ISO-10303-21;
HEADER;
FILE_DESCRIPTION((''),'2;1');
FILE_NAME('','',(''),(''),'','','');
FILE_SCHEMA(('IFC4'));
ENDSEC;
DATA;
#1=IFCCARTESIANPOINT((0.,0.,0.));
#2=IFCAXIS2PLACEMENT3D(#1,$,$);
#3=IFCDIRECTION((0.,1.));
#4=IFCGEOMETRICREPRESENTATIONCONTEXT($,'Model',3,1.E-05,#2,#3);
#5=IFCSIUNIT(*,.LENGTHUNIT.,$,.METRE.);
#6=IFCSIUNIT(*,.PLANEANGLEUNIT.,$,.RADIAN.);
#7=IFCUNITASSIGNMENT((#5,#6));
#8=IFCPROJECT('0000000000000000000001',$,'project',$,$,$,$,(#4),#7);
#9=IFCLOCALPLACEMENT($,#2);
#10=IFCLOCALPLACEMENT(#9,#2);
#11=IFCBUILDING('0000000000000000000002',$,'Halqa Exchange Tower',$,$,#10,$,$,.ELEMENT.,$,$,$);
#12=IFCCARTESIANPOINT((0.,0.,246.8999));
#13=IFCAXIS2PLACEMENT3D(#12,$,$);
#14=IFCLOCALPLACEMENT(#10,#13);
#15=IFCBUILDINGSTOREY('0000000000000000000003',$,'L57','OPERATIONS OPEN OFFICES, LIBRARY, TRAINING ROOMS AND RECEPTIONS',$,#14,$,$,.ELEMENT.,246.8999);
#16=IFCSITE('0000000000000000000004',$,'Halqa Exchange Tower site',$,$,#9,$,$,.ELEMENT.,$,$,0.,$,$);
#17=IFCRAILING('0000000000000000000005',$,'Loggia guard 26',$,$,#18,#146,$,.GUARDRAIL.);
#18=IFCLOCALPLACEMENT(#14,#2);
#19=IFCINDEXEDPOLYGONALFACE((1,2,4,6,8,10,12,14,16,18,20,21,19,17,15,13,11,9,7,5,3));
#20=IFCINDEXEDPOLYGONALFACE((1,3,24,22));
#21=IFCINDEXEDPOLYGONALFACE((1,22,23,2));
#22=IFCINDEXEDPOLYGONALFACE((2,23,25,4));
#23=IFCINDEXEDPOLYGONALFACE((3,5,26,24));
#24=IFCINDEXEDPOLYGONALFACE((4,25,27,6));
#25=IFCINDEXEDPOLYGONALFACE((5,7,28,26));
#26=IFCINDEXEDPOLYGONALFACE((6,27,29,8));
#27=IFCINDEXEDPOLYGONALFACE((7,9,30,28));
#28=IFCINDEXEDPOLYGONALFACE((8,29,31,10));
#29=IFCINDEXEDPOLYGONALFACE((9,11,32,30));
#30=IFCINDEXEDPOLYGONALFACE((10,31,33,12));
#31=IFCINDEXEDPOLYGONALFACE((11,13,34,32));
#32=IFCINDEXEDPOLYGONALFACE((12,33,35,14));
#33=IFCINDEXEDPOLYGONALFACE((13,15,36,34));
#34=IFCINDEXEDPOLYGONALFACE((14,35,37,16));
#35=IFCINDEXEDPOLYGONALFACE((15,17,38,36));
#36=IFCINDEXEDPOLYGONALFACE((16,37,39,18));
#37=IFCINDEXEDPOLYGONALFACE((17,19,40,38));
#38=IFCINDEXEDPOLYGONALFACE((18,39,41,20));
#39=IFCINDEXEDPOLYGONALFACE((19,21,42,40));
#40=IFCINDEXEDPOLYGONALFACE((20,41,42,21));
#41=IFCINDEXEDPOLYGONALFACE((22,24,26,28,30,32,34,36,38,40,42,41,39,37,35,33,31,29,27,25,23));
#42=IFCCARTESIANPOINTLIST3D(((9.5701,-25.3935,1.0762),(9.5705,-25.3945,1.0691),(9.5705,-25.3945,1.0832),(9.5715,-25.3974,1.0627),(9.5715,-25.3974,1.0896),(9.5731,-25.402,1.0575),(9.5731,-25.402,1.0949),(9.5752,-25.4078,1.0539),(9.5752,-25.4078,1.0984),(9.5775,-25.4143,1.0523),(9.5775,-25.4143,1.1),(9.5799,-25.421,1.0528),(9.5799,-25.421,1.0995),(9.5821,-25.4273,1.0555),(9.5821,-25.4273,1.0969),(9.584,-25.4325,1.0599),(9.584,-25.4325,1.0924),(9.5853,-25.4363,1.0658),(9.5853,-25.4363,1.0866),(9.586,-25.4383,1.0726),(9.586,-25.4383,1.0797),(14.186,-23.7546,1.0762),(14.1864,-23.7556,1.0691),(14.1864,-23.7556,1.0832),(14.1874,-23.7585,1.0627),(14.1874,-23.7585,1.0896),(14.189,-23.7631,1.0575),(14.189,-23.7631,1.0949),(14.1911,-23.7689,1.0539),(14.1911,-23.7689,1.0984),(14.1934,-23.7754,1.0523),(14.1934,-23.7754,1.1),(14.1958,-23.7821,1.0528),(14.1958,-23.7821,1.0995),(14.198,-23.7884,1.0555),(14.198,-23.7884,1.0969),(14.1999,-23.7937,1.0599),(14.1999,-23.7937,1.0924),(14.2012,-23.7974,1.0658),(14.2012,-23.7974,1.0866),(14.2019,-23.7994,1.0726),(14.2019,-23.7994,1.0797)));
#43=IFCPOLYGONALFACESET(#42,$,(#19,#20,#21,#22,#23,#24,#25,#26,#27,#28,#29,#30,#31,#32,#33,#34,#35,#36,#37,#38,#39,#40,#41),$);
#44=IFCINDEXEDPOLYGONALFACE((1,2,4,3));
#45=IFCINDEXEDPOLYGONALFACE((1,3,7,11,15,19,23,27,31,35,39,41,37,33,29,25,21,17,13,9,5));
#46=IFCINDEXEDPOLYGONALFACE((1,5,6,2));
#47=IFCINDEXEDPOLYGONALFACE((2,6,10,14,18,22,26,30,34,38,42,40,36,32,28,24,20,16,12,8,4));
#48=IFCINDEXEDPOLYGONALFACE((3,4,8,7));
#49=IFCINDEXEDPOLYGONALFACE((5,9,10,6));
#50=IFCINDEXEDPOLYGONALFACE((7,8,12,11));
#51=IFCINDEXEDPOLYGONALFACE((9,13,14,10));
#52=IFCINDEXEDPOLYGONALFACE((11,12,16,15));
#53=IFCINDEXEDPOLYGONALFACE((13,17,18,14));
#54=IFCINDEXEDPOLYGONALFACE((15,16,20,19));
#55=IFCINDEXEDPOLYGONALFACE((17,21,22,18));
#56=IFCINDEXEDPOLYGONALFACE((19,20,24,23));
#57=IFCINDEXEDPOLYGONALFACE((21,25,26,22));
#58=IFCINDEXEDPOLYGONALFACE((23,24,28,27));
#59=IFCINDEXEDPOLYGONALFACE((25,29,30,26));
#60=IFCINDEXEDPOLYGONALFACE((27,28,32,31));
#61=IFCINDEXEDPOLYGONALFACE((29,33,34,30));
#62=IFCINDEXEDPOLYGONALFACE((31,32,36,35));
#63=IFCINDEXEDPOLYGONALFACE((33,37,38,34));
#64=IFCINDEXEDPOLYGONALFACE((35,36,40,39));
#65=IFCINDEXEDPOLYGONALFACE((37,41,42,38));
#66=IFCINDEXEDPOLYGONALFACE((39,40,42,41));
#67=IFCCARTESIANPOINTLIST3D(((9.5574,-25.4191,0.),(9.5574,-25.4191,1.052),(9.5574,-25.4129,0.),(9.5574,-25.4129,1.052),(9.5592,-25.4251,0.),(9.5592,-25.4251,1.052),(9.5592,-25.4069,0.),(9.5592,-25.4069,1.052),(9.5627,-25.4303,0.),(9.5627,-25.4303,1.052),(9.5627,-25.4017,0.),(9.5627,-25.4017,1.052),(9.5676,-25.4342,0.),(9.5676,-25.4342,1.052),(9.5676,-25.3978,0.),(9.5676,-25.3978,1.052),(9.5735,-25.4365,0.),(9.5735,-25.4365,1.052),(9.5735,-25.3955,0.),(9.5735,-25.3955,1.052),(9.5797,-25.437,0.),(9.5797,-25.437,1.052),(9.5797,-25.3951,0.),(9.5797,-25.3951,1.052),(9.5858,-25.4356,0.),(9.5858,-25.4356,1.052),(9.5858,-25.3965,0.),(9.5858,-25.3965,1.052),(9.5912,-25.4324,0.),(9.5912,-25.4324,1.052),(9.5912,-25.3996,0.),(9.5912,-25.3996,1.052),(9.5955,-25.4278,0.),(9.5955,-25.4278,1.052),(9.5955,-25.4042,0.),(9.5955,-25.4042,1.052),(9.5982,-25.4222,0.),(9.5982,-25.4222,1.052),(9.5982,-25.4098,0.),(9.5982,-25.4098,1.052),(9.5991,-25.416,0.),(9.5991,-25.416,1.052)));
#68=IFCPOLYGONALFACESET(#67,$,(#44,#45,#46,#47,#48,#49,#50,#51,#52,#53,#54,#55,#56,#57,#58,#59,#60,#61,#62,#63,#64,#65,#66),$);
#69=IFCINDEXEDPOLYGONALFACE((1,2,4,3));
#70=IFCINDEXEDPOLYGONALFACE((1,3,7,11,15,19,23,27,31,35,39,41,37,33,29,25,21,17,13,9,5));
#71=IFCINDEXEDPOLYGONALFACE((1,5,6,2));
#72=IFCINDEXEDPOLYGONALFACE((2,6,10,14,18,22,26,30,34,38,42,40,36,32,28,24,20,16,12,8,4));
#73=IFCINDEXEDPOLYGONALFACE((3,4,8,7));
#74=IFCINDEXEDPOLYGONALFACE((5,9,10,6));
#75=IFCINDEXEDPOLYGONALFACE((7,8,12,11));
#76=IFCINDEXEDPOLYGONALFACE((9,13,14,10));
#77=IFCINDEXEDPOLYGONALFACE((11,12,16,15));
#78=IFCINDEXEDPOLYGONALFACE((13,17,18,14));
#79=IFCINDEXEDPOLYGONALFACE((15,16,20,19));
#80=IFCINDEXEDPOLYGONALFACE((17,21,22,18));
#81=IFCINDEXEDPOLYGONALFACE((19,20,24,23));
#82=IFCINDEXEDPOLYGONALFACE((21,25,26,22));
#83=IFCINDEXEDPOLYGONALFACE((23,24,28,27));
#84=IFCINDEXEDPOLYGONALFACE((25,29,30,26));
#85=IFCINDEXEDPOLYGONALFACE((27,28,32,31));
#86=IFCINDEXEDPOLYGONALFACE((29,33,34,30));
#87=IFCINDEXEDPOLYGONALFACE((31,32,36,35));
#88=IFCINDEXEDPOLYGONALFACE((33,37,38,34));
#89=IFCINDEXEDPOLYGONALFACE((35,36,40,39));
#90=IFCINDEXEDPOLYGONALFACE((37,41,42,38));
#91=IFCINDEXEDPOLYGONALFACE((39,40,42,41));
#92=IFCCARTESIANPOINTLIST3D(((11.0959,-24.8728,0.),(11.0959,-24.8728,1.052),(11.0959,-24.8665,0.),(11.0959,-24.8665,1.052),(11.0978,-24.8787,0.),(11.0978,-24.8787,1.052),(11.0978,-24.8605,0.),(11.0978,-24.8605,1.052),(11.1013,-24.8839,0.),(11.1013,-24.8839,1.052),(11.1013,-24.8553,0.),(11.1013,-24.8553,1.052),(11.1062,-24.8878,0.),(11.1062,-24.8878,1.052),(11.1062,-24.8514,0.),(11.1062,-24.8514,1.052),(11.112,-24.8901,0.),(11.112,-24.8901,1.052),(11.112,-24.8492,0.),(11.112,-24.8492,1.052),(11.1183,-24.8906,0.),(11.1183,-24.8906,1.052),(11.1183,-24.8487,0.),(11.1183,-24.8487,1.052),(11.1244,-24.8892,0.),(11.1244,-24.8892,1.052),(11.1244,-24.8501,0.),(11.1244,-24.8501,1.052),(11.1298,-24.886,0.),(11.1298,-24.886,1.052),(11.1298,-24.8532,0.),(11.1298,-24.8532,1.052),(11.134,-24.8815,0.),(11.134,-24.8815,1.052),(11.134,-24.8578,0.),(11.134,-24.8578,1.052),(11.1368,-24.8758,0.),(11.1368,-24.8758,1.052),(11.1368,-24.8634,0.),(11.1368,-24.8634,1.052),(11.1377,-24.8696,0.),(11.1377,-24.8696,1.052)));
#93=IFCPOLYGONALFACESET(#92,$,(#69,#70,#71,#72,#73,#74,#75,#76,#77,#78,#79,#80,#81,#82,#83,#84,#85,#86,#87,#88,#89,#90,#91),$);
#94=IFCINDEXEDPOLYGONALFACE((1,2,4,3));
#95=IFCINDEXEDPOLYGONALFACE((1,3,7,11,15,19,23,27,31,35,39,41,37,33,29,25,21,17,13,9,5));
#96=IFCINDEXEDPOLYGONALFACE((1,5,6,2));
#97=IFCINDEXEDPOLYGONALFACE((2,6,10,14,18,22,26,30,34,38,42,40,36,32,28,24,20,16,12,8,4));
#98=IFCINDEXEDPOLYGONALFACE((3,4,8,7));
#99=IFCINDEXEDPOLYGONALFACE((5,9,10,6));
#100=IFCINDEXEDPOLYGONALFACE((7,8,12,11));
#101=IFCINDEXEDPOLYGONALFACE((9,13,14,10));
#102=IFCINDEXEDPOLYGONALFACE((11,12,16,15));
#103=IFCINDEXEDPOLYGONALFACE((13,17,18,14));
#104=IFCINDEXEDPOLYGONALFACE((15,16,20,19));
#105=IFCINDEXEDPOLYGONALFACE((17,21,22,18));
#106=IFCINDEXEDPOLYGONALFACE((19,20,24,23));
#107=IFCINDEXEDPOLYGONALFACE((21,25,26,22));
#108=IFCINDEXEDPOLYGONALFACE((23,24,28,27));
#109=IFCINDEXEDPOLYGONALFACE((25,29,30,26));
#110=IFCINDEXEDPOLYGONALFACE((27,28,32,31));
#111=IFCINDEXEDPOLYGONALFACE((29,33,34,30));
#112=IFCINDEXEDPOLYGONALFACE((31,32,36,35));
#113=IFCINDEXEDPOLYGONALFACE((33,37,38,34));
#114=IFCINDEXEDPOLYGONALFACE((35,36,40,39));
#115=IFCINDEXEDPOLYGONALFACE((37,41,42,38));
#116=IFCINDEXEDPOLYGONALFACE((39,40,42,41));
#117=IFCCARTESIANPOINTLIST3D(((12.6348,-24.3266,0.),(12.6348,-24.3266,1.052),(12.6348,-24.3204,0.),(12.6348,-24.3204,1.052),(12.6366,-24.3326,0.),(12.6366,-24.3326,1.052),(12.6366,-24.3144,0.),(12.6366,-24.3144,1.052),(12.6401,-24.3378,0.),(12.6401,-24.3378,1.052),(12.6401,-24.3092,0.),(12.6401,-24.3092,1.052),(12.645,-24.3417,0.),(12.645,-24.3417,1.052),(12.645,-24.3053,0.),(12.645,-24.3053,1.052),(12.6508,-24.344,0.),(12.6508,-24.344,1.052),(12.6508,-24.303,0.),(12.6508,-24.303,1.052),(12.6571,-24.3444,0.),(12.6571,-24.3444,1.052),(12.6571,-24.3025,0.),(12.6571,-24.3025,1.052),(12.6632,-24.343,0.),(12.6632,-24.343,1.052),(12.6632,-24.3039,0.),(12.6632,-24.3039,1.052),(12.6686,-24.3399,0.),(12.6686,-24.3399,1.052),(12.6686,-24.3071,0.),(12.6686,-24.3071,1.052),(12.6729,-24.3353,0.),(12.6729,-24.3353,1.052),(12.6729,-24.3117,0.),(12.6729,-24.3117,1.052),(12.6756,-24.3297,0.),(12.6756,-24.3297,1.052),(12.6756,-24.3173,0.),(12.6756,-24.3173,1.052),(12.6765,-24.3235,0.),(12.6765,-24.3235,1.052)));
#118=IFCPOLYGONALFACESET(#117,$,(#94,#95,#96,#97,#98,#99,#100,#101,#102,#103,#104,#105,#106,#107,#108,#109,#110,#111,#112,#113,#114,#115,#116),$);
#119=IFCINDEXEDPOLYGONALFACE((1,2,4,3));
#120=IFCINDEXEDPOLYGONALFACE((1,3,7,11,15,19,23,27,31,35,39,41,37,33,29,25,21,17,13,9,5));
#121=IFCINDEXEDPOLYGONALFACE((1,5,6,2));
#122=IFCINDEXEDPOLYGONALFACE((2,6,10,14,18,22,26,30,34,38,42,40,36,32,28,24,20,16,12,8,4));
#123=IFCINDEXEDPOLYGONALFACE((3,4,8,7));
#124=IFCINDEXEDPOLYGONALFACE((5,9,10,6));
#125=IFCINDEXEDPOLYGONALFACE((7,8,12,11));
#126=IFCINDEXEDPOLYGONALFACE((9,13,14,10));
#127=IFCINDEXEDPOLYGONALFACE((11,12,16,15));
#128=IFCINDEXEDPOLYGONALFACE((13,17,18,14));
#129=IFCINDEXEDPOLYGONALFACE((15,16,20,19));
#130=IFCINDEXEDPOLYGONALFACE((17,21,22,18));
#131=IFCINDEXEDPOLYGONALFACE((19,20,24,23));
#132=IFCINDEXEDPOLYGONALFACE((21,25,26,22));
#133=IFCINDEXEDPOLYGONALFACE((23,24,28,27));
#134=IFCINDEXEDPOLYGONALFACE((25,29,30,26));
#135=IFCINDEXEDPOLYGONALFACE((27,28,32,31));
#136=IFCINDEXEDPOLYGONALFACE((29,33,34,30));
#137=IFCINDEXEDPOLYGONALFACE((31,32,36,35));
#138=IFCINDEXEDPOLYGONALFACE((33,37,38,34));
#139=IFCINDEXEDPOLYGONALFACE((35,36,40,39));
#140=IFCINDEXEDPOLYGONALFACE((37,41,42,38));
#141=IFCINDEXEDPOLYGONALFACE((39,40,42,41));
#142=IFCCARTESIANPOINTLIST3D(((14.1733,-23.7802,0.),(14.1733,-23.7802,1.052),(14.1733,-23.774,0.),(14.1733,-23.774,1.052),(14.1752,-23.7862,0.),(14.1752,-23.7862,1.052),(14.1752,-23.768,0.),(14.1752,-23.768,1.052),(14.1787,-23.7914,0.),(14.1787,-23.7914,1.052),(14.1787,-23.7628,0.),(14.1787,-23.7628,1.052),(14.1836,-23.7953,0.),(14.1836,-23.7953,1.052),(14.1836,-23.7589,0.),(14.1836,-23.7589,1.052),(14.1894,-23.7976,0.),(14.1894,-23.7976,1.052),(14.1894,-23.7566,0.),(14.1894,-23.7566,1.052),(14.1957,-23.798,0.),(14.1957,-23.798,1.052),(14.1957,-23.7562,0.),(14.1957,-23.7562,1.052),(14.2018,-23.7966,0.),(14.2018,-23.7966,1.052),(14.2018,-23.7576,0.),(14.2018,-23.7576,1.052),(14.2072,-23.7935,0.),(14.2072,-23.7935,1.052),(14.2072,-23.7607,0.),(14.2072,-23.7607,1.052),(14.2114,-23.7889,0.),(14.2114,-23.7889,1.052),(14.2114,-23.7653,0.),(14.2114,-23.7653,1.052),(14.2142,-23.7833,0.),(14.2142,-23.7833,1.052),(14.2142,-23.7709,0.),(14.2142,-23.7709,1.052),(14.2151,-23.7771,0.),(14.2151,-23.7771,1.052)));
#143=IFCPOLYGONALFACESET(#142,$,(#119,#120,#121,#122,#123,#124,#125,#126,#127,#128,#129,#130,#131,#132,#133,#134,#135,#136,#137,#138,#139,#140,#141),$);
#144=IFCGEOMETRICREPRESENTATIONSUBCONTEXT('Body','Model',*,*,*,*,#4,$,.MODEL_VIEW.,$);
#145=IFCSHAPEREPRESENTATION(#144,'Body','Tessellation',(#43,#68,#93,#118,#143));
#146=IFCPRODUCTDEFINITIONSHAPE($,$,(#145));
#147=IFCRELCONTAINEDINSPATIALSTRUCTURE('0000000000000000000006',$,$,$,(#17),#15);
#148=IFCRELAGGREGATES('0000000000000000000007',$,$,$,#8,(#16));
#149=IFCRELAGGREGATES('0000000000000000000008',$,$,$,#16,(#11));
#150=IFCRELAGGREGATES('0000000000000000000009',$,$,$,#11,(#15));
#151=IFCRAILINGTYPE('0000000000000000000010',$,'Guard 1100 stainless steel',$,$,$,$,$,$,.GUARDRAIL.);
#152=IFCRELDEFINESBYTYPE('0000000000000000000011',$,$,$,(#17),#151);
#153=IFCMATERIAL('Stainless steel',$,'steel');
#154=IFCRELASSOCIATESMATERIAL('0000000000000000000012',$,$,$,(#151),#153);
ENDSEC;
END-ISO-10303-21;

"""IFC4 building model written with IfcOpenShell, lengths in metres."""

from ifc_helpers import new_model, si_unit, direction, frame, origin, origin_2d, place, context, subcontext, project, spatial, circle, extrude, material, type_object, element, save


model = new_model("IFC4")

# Units and contexts
model_context = context("Model", 3, precision=1e-05, world=origin(), true_north=direction((0.0, 1.0)))
body_context = subcontext(model_context, "Body", "Model", "MODEL_VIEW")
ifc_project = project(units=[si_unit("LENGTHUNIT", "METRE"), si_unit("PLANEANGLEUNIT", "RADIAN")], contexts=[model_context])

# Site, building, storey
site_placement = place(None, origin())
site = spatial("IfcSite", under=ifc_project, at=site_placement, Name="Halqa Exchange Tower site", CompositionType="ELEMENT", RefElevation=0.0)
building_placement = place(site_placement, origin())
building = spatial("IfcBuilding", under=site, at=building_placement, Name="Halqa Exchange Tower", CompositionType="ELEMENT")
storey_placement = place(building_placement, frame((0.0, 0.0, 246.8999)))
storey = spatial("IfcBuildingStorey", under=building, at=storey_placement, Name="L57", Description="OPERATIONS OPEN OFFICES, LIBRARY, TRAINING ROOMS AND RECEPTIONS", CompositionType="ELEMENT", Elevation=246.8999)

# Railing
ifc_material_1 = material(Name="Stainless steel", Category="steel")
railing_type = type_object("IfcRailingType", Name="Guard 1100 stainless steel", PredefinedType="GUARDRAIL", material=ifc_material_1)
railing_1_placement = place(storey_placement, frame((9.5781, -25.416, 0.0)))
element("IfcRailing", 1, at=railing_1_placement, inside=storey, type_object=railing_type, Name="Loggia guard 26", PredefinedType="GUARDRAIL", context=body_context, shape_type="SweptSolid", body=[
    extrude(circle(Radius=0.0239, at=origin_2d()), frame((0.0, 0.0, 1.0762), z_axis=(0.942364, 0.33459, 0.0), x_axis=(-0.33459, 0.942364, 0.0)), (0.0, 0.0, 1.0), 4.8982),
    extrude(circle(Radius=0.021, at=origin_2d()), origin(), (0.0, 0.0, 1.0), 1.052),
    extrude(circle(Radius=0.021, at=origin_2d()), frame((1.5386, 0.5464, 0.0)), (0.0, 0.0, 1.0), 1.052),
    extrude(circle(Radius=0.021, at=origin_2d()), frame((3.0774, 1.0925, 0.0)), (0.0, 0.0, 1.0), 1.052),
    extrude(circle(Radius=0.021, at=origin_2d()), frame((4.616, 1.6389, 0.0)), (0.0, 0.0, 1.0), 1.052),
])

save(model, "model.ifc")
